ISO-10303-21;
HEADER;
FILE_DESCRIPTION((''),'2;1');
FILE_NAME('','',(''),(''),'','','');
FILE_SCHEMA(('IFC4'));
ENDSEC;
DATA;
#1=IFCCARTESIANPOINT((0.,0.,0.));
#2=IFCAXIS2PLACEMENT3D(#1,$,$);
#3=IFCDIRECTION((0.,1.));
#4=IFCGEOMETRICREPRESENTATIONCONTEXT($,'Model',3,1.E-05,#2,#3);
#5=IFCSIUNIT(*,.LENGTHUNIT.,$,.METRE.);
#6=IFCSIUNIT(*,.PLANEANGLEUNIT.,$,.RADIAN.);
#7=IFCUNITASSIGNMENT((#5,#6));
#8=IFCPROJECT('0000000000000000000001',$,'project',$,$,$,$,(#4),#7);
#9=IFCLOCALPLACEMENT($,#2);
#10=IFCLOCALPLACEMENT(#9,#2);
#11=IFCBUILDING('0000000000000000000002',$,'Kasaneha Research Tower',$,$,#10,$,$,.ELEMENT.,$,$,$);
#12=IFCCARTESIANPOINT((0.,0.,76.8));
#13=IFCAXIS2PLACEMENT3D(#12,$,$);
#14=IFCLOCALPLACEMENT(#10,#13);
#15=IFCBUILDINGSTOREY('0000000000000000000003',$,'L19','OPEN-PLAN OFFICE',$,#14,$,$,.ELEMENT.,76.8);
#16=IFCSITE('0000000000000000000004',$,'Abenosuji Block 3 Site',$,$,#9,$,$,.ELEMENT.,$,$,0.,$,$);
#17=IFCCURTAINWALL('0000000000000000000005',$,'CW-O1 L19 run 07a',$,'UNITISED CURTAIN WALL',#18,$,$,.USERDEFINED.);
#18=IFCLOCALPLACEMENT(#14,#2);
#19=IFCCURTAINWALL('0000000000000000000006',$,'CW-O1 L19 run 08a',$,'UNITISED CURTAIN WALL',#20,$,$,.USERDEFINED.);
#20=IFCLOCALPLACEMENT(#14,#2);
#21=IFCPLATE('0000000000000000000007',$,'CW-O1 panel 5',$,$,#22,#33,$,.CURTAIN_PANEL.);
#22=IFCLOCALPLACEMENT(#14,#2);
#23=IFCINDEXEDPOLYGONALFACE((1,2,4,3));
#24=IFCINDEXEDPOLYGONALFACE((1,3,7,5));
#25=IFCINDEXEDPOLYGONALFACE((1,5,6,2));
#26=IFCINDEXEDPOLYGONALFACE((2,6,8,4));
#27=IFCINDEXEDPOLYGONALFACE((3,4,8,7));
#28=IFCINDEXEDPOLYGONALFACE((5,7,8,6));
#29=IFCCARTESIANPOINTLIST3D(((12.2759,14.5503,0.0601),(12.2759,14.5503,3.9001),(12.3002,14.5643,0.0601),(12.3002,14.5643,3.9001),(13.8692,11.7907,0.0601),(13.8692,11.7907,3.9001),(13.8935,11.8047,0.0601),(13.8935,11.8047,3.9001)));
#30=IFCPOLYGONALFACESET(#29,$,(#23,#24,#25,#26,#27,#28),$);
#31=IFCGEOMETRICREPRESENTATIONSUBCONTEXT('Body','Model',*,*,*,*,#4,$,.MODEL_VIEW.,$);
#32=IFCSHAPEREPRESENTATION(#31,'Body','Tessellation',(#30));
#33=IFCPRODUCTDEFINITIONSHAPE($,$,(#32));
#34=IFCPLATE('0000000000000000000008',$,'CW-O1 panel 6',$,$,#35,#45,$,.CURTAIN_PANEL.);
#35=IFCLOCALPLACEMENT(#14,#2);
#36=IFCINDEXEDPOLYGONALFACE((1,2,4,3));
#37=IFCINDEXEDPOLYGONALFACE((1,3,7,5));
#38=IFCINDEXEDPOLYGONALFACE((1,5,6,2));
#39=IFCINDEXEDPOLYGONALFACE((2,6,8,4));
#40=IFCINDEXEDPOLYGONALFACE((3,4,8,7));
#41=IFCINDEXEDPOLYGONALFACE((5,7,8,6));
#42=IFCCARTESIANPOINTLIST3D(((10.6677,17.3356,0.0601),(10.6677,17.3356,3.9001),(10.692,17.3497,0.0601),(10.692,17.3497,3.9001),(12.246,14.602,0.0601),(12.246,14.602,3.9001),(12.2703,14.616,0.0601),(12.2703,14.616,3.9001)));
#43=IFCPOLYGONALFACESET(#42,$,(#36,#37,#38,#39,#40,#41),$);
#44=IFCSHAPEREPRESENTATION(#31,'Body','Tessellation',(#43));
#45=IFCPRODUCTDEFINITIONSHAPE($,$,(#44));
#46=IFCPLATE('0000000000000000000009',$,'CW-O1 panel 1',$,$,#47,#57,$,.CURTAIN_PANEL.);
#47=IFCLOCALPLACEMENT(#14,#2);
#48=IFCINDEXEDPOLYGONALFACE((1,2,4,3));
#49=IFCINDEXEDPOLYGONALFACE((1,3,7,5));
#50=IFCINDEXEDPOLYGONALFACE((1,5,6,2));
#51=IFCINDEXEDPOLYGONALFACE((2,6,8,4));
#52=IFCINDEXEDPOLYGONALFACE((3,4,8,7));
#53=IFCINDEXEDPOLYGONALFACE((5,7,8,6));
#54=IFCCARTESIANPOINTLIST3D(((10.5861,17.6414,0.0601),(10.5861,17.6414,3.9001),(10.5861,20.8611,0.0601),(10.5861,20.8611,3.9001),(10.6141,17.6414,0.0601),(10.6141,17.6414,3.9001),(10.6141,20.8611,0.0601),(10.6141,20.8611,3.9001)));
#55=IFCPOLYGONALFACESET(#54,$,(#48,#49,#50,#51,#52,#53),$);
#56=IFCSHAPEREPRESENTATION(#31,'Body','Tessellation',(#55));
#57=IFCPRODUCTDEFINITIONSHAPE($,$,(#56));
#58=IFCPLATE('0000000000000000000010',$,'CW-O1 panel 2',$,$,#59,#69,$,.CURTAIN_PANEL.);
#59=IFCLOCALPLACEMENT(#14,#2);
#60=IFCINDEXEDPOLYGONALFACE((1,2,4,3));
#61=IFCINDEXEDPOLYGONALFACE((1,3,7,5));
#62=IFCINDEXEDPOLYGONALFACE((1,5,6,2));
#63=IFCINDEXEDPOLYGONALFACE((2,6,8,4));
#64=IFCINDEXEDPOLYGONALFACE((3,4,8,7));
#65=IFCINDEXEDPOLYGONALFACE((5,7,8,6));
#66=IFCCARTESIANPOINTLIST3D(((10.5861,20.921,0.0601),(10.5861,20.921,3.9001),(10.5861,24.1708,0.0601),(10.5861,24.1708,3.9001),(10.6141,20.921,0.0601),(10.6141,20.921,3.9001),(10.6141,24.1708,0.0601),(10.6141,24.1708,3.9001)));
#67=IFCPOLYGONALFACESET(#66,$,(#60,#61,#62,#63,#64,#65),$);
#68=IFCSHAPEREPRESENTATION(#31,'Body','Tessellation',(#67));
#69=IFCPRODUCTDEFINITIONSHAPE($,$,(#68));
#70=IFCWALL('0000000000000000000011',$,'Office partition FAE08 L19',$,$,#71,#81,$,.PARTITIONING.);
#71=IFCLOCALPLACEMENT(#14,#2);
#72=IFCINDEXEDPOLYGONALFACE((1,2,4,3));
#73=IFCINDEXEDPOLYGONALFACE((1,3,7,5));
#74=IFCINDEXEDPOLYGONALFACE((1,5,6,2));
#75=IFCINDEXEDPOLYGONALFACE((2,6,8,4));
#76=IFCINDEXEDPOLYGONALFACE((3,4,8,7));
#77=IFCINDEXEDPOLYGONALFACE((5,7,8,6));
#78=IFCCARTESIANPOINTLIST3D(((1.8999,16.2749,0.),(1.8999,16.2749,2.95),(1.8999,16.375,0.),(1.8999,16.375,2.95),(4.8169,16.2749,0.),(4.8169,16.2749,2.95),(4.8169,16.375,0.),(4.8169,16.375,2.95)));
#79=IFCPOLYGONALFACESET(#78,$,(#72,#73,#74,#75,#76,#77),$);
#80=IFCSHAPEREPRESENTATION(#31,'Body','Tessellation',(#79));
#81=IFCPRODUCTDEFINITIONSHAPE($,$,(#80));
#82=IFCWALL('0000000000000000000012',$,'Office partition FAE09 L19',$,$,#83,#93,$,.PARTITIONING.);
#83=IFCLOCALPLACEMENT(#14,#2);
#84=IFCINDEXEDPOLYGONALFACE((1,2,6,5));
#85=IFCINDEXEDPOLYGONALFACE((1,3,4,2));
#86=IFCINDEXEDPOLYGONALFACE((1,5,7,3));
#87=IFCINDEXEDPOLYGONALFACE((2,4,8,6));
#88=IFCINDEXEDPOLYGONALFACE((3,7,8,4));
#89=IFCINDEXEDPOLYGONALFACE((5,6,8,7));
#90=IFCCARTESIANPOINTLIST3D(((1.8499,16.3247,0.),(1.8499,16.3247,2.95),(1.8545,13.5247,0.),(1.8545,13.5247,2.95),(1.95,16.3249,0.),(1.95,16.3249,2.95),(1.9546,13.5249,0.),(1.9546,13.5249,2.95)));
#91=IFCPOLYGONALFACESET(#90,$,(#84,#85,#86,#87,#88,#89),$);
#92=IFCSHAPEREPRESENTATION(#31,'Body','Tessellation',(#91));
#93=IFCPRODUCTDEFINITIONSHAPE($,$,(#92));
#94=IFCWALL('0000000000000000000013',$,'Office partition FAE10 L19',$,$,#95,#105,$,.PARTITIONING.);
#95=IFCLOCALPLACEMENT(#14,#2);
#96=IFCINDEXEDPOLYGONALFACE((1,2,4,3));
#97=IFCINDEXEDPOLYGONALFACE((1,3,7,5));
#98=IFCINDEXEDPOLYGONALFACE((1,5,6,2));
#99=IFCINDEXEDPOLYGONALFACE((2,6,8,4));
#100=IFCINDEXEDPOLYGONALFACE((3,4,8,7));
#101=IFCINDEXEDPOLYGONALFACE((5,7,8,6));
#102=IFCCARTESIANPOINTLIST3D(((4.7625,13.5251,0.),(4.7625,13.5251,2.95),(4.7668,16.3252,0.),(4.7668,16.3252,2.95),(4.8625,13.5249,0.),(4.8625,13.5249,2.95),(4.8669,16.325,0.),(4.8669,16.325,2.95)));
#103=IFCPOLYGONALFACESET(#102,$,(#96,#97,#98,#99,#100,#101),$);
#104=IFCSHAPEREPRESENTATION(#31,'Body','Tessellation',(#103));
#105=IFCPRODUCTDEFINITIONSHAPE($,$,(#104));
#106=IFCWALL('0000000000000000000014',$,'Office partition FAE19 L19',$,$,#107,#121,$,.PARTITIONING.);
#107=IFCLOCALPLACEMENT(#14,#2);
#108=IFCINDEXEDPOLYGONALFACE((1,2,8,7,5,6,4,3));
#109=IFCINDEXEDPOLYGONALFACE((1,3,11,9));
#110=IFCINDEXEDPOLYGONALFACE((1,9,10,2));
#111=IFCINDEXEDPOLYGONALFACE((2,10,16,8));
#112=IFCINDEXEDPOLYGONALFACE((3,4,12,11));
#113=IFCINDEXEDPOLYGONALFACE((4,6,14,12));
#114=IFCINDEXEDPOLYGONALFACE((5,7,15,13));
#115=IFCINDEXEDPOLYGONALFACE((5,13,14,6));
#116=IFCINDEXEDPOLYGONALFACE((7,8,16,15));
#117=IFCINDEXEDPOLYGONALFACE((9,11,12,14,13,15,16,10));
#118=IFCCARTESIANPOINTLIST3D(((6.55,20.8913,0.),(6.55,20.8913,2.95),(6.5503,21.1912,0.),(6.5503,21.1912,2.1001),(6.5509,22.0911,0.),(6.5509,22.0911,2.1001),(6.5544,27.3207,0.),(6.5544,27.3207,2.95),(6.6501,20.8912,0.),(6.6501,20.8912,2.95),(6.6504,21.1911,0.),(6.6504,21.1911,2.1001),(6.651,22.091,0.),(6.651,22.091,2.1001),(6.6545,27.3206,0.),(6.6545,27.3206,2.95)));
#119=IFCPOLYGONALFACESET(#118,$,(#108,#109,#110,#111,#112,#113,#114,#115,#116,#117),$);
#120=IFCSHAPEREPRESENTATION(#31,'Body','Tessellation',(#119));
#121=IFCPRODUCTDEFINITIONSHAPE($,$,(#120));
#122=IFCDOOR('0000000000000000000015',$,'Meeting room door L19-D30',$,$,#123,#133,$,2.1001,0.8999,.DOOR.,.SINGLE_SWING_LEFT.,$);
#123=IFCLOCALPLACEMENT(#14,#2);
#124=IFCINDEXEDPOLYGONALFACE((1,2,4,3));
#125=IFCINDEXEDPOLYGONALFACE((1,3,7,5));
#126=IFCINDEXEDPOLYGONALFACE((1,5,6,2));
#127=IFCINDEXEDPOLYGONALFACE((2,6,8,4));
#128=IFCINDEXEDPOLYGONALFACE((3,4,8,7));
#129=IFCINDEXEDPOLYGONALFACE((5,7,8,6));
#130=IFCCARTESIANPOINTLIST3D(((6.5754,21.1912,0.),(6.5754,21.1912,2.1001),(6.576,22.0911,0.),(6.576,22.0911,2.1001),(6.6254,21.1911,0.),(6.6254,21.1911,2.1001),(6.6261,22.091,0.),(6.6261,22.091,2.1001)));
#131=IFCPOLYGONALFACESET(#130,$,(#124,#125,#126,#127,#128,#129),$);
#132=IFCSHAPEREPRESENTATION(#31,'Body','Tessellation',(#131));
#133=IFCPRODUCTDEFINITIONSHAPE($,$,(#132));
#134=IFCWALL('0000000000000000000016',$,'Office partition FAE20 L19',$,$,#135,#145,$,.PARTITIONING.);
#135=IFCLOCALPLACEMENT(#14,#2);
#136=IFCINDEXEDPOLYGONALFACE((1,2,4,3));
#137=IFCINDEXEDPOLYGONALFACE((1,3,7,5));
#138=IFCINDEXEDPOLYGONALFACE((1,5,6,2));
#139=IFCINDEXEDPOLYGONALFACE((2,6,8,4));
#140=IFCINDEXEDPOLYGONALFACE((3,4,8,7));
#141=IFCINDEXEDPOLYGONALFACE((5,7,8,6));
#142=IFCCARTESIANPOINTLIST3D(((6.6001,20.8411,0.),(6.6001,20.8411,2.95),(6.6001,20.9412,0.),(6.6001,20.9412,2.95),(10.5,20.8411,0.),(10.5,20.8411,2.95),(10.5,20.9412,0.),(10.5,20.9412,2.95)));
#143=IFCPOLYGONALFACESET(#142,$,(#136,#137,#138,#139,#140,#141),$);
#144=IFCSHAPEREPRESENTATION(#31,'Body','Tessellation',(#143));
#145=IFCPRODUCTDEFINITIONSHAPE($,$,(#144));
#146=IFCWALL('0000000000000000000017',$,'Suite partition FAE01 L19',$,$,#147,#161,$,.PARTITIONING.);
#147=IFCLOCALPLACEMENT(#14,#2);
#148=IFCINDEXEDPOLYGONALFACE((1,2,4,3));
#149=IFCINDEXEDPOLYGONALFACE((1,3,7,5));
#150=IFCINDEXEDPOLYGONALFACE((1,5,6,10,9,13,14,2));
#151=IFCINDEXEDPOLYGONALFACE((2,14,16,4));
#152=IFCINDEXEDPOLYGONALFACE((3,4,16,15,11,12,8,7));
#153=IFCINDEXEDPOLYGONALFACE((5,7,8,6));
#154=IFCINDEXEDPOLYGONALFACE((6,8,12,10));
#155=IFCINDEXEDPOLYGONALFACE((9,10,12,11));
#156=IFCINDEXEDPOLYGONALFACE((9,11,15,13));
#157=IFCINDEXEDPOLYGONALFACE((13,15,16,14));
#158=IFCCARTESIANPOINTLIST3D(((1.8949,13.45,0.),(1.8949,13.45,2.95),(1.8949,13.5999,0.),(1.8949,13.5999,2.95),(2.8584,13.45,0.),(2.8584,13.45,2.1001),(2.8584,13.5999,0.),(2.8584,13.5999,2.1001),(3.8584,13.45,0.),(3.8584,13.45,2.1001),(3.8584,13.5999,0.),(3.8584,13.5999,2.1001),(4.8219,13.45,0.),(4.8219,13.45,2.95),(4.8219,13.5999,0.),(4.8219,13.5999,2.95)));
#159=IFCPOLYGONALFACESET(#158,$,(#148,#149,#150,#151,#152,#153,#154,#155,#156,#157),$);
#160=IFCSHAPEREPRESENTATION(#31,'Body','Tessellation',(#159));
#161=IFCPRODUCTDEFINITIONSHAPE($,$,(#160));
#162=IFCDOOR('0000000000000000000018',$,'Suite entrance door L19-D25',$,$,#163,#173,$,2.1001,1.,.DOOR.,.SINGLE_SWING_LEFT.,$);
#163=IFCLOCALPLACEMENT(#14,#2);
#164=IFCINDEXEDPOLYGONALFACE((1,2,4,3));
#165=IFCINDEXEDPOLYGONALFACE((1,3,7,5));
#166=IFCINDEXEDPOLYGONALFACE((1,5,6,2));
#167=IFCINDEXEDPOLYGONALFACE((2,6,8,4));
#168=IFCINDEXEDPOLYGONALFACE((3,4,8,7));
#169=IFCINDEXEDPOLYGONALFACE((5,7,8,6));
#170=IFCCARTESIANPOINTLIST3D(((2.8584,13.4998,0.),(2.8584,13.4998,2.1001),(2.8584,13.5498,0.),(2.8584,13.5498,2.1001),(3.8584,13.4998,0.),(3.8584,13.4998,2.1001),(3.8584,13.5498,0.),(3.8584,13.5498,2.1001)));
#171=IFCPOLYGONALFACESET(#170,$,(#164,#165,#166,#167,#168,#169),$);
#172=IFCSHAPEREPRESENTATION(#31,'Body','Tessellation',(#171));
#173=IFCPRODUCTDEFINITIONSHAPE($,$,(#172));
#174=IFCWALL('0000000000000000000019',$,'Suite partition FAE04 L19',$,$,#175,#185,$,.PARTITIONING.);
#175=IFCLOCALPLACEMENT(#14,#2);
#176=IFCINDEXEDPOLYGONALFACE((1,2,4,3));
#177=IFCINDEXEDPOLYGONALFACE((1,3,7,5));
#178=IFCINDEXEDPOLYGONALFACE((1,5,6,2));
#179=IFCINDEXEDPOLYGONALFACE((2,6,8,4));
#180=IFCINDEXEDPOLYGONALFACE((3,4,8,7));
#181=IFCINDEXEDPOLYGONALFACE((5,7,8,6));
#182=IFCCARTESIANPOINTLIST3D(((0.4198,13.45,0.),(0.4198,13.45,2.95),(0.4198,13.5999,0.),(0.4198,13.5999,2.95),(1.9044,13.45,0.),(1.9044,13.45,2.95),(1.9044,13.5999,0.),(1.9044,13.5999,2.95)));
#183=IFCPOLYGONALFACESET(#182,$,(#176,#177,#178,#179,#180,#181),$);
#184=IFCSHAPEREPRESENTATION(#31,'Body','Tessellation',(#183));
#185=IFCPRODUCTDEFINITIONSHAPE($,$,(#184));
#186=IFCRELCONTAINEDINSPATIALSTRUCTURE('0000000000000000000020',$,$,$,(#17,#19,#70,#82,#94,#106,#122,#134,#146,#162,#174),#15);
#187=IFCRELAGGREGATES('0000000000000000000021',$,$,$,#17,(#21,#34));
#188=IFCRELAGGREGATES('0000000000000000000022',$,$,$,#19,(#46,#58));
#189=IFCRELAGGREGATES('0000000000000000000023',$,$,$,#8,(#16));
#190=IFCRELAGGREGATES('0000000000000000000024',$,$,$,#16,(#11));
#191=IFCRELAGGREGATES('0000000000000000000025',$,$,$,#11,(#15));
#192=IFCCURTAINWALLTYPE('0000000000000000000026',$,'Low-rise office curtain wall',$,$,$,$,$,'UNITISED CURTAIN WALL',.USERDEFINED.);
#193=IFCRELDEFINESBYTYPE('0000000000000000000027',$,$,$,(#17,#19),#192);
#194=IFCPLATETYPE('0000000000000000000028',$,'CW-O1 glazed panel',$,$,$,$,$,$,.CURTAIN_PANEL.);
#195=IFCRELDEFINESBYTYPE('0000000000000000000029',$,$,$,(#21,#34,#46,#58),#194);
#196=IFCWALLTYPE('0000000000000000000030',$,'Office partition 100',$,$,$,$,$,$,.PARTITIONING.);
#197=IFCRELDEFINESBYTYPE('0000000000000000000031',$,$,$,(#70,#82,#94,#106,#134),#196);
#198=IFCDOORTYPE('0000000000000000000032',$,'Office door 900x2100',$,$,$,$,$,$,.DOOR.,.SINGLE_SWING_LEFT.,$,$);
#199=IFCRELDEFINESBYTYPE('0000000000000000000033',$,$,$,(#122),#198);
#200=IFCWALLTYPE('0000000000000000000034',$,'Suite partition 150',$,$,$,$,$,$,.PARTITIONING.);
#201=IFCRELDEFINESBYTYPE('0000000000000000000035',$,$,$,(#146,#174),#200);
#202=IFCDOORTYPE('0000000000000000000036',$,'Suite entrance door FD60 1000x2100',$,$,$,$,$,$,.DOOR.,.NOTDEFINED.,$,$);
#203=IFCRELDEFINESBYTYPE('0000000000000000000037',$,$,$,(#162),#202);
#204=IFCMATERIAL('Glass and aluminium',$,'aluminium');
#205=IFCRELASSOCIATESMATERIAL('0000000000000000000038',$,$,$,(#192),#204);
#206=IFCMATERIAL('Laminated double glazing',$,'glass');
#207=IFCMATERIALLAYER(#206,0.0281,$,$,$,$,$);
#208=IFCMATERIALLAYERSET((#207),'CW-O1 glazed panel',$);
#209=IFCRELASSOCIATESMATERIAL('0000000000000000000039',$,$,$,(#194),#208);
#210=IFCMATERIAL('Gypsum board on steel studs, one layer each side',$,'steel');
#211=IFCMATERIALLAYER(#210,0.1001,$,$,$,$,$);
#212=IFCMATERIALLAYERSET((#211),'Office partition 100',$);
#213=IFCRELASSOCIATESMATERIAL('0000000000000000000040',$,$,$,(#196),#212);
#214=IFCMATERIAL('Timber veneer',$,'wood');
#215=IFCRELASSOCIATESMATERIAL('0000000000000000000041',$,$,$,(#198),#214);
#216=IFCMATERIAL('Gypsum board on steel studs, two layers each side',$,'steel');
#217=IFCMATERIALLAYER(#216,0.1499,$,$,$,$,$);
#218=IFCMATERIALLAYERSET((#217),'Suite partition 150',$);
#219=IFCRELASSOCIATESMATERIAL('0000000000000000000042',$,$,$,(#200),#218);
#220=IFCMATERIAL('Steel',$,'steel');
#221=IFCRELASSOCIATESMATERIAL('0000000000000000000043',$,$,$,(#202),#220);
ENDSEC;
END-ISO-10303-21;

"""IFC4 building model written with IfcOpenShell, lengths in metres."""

from ifc_helpers import new_model, si_unit, direction, frame, frame_2d, origin, origin_2d, place, context, subcontext, project, spatial, rectangle, extrude, material, layer, layer_set, type_object, element, fill, aggregate, save


model = new_model("IFC4")

# Units and contexts
model_context = context("Model", 3, precision=1e-05, world=origin(), true_north=direction((0.0, 1.0)))
body_context = subcontext(model_context, "Body", "Model", "MODEL_VIEW")
ifc_project = project(units=[si_unit("LENGTHUNIT", "METRE"), si_unit("PLANEANGLEUNIT", "RADIAN")], contexts=[model_context])

# Site, building, storey
site_placement = place(None, origin())
site = spatial("IfcSite", under=ifc_project, at=site_placement, Name="Abenosuji Block 3 Site", CompositionType="ELEMENT", RefElevation=0.0)
building_placement = place(site_placement, origin())
building = spatial("IfcBuilding", under=site, at=building_placement, Name="Kasaneha Research Tower", CompositionType="ELEMENT")
storey_placement = place(building_placement, frame((0.0, 0.0, 76.8)))
storey = spatial("IfcBuildingStorey", under=building, at=storey_placement, Name="L19", Description="OPEN-PLAN OFFICE", CompositionType="ELEMENT", Elevation=76.8)

# Curtain walls
ifc_material_1 = material(Name="Glass and aluminium", Category="aluminium")
curtain_wall_type = type_object("IfcCurtainWallType", Name="Low-rise office curtain wall", ElementType="UNITISED CURTAIN WALL", PredefinedType="USERDEFINED", material=ifc_material_1)
curtain_wall_1_placement = place(storey_placement, origin())
curtain_wall_1 = element("IfcCurtainWall", 1, at=curtain_wall_1_placement, inside=storey, type_object=curtain_wall_type, Name="CW-O1 L19 run 07a", ObjectType="UNITISED CURTAIN WALL", PredefinedType="USERDEFINED")
curtain_wall_2_placement = place(storey_placement, origin())
curtain_wall_2 = element("IfcCurtainWall", 2, at=curtain_wall_2_placement, inside=storey, type_object=curtain_wall_type, Name="CW-O1 L19 run 08a", ObjectType="UNITISED CURTAIN WALL", PredefinedType="USERDEFINED")

# Plates
ifc_material_2 = material(Name="Laminated double glazing", Category="glass")
ifc_layer_1 = layer(ifc_material_2, 0.0281)
ifc_layer_set_1 = layer_set([ifc_layer_1], Name="CW-O1 glazed panel")
plate_type = type_object("IfcPlateType", Name="CW-O1 glazed panel", PredefinedType="CURTAIN_PANEL", material=ifc_layer_set_1)
plate_1_placement = place(storey_placement, frame((13.0847, 13.1775, 0.0601), z_axis=(0.0, 0.0, 1.0), x_axis=(-0.5, 0.866025, 0.0)))
plate_1 = element("IfcPlate", 3, at=plate_1_placement, type_object=plate_type, Name="CW-O1 panel 5", PredefinedType="CURTAIN_PANEL", context=body_context, shape_type="SweptSolid", body=[
    extrude(rectangle(XDim=3.1865, YDim=0.0281, at=origin_2d()), origin(), (0.0, 0.0, 1.0), 3.8401),
])
plate_2_placement = place(storey_placement, frame((11.469, 15.9758, 0.0601), z_axis=(0.0, 0.0, 1.0), x_axis=(-0.5, 0.866025, 0.0)))
plate_2 = element("IfcPlate", 4, at=plate_2_placement, type_object=plate_type, Name="CW-O1 panel 6", PredefinedType="CURTAIN_PANEL", context=body_context, shape_type="SweptSolid", body=[
    extrude(rectangle(XDim=3.1565, YDim=0.0281, at=origin_2d()), origin(), (0.0, 0.0, 1.0), 3.8401),
])
aggregate(curtain_wall_1, [plate_1, plate_2])
plate_3_placement = place(storey_placement, frame((10.6001, 19.2512, 0.0601), z_axis=(0.0, 0.0, 1.0), x_axis=(0.0, 1.0, 0.0)))
plate_3 = element("IfcPlate", 5, at=plate_3_placement, type_object=plate_type, Name="CW-O1 panel 1", PredefinedType="CURTAIN_PANEL", context=body_context, shape_type="SweptSolid", body=[
    extrude(rectangle(XDim=3.2197, YDim=0.0281, at=origin_2d()), origin(), (0.0, 0.0, 1.0), 3.8401),
])
plate_4_placement = place(storey_placement, frame((10.6001, 22.5459, 0.0601), z_axis=(0.0, 0.0, 1.0), x_axis=(0.0, 1.0, 0.0)))
plate_4 = element("IfcPlate", 6, at=plate_4_placement, type_object=plate_type, Name="CW-O1 panel 2", PredefinedType="CURTAIN_PANEL", context=body_context, shape_type="SweptSolid", body=[
    extrude(rectangle(XDim=3.2498, YDim=0.0281, at=origin_2d()), origin(), (0.0, 0.0, 1.0), 3.8401),
])
aggregate(curtain_wall_2, [plate_3, plate_4])

# Walls
ifc_material_3 = material(Name="Gypsum board on steel studs, one layer each side", Category="steel")
ifc_layer_2 = layer(ifc_material_3, 0.1001)
ifc_layer_set_2 = layer_set([ifc_layer_2], Name="Office partition 100")
wall_type_1 = type_object("IfcWallType", Name="Office partition 100", PredefinedType="PARTITIONING", material=ifc_layer_set_2)
wall_1_placement = place(storey_placement, frame((1.8999, 16.325, 0.0), z_axis=(0.0, 0.0, 1.0), x_axis=(1.0, 0.0, 0.0)))
element("IfcWall", 7, at=wall_1_placement, inside=storey, type_object=wall_type_1, Name="Office partition FAE08 L19", PredefinedType="PARTITIONING", context=body_context, shape_type="SweptSolid", body=[
    extrude(rectangle(XDim=2.917, YDim=0.1001, at=frame_2d((1.4585, 0.0))), origin(), (0.0, 0.0, 1.0), 2.95),
])
for number, where, z_axis, x_axis, name in (
    (8, (1.9045, 13.5249, 0.0), (0.0, 0.0, 1.0), (-0.001657, 0.999999, 0.0), "Office partition FAE09 L19"),
    (9, (4.8169, 16.325, 0.0), (0.0, 0.0, 1.0), (-0.001569, -0.999999, 0.0), "Office partition FAE10 L19"),
):
    element("IfcWall", number, at=place(storey_placement, frame(where, z_axis=z_axis, x_axis=x_axis)), inside=storey, type_object=wall_type_1, Name=name, PredefinedType="PARTITIONING", context=body_context, shape_type="SweptSolid", body=[
        extrude(rectangle(XDim=2.8, YDim=0.1001, at=frame_2d((1.3999, 0.0))), origin(), (0.0, 0.0, 1.0), 2.95),
    ])

# Wall, opening, door
wall_2_placement = place(storey_placement, frame((6.6001, 20.8911, 0.0), z_axis=(0.0, 0.0, 1.0), x_axis=(0.000684, 1.0, 0.0)))
wall_2 = element("IfcWall", 10, at=wall_2_placement, inside=storey, type_object=wall_type_1, Name="Office partition FAE19 L19", PredefinedType="PARTITIONING", context=body_context, shape_type="SweptSolid", body=[
    extrude(rectangle(XDim=6.4294, YDim=0.1001, at=frame_2d((3.2148, 0.0))), origin(), (0.0, 0.0, 1.0), 2.95),
])
opening_1_placement = place(wall_2_placement, frame((0.3, 0.0, 0.0)))
opening_1 = element("IfcOpeningElement", 11, at=opening_1_placement, cuts=wall_2, PredefinedType="OPENING", context=body_context, shape_type="SweptSolid", body=[
    extrude(rectangle(XDim=0.8999, YDim=2.1001, at=frame_2d((0.45, 1.05))), frame((0.0, 0.0601, 0.0), z_axis=(0.0, -1.0, 0.0), x_axis=(1.0, 0.0, 0.0)), (0.0, 0.0, 1.0), 0.1201),
])
ifc_material_4 = material(Name="Timber veneer", Category="wood")
door_type_1 = type_object("IfcDoorType", Name="Office door 900x2100", OperationType="SINGLE_SWING_LEFT", PredefinedType="DOOR", material=ifc_material_4)
door_1_placement = place(opening_1_placement, origin())
door_1 = element("IfcDoor", 12, at=door_1_placement, inside=storey, type_object=door_type_1, Name="Meeting room door L19-D30", OperationType="SINGLE_SWING_LEFT", OverallHeight=2.1001, OverallWidth=0.8999, PredefinedType="DOOR", context=body_context, shape_type="SweptSolid", body=[
    extrude(rectangle(XDim=0.8999, YDim=2.1001, at=frame_2d((0.45, 1.05))), frame((0.0, 0.0249, 0.0), z_axis=(0.0, -1.0, 0.0), x_axis=(1.0, 0.0, 0.0)), (0.0, 0.0, 1.0), 0.05),
])
fill(opening_1, door_1)

# Wall
wall_3_placement = place(storey_placement, frame((10.5, 20.8911, 0.0), z_axis=(0.0, 0.0, 1.0), x_axis=(-1.0, 0.0, 0.0)))
element("IfcWall", 13, at=wall_3_placement, inside=storey, type_object=wall_type_1, Name="Office partition FAE20 L19", PredefinedType="PARTITIONING", context=body_context, shape_type="SweptSolid", body=[
    extrude(rectangle(XDim=3.8999, YDim=0.1001, at=frame_2d((1.95, 0.0))), origin(), (0.0, 0.0, 1.0), 2.95),
])

# Wall, opening, door
ifc_material_5 = material(Name="Gypsum board on steel studs, two layers each side", Category="steel")
ifc_layer_3 = layer(ifc_material_5, 0.1499)
ifc_layer_set_3 = layer_set([ifc_layer_3], Name="Suite partition 150")
wall_type_2 = type_object("IfcWallType", Name="Suite partition 150", PredefinedType="PARTITIONING", material=ifc_layer_set_3)
wall_4_placement = place(storey_placement, frame((1.895, 13.5249, 0.0), z_axis=(0.0, 0.0, 1.0), x_axis=(1.0, 0.0, 0.0)))
wall_4 = element("IfcWall", 14, at=wall_4_placement, inside=storey, type_object=wall_type_2, Name="Suite partition FAE01 L19", PredefinedType="PARTITIONING", context=body_context, shape_type="SweptSolid", body=[
    extrude(rectangle(XDim=2.927, YDim=0.1499, at=frame_2d((1.4634, 0.0))), origin(), (0.0, 0.0, 1.0), 2.95),
])
opening_2_placement = place(wall_4_placement, frame((0.9634, 0.0, 0.0)))
opening_2 = element("IfcOpeningElement", 15, at=opening_2_placement, cuts=wall_4, PredefinedType="OPENING", context=body_context, shape_type="SweptSolid", body=[
    extrude(rectangle(XDim=1.0, YDim=2.1001, at=frame_2d((0.5, 1.05))), frame((0.0, 0.085, 0.0), z_axis=(0.0, -1.0, 0.0), x_axis=(1.0, 0.0, 0.0)), (0.0, 0.0, 1.0), 0.1699),
])
ifc_material_6 = material(Name="Steel", Category="steel")
door_type_2 = type_object("IfcDoorType", Name="Suite entrance door FD60 1000x2100", OperationType="NOTDEFINED", PredefinedType="DOOR", material=ifc_material_6)
door_2_placement = place(opening_2_placement, origin())
door_2 = element("IfcDoor", 16, at=door_2_placement, inside=storey, type_object=door_type_2, Name="Suite entrance door L19-D25", OperationType="SINGLE_SWING_LEFT", OverallHeight=2.1001, OverallWidth=1.0, PredefinedType="DOOR", context=body_context, shape_type="SweptSolid", body=[
    extrude(rectangle(XDim=1.0, YDim=2.1001, at=frame_2d((0.5, 1.05))), frame((0.0, 0.0249, 0.0), z_axis=(0.0, -1.0, 0.0), x_axis=(1.0, 0.0, 0.0)), (0.0, 0.0, 1.0), 0.05),
])
fill(opening_2, door_2)

# Wall
wall_5_placement = place(storey_placement, frame((0.4199, 13.5249, 0.0), z_axis=(0.0, 0.0, 1.0), x_axis=(1.0, 0.0, 0.0)))
element("IfcWall", 17, at=wall_5_placement, inside=storey, type_object=wall_type_2, Name="Suite partition FAE04 L19", PredefinedType="PARTITIONING", context=body_context, shape_type="SweptSolid", body=[
    extrude(rectangle(XDim=1.4846, YDim=0.1499, at=frame_2d((0.7422, 0.0))), origin(), (0.0, 0.0, 1.0), 2.95),
])

save(model, "model.ifc")
